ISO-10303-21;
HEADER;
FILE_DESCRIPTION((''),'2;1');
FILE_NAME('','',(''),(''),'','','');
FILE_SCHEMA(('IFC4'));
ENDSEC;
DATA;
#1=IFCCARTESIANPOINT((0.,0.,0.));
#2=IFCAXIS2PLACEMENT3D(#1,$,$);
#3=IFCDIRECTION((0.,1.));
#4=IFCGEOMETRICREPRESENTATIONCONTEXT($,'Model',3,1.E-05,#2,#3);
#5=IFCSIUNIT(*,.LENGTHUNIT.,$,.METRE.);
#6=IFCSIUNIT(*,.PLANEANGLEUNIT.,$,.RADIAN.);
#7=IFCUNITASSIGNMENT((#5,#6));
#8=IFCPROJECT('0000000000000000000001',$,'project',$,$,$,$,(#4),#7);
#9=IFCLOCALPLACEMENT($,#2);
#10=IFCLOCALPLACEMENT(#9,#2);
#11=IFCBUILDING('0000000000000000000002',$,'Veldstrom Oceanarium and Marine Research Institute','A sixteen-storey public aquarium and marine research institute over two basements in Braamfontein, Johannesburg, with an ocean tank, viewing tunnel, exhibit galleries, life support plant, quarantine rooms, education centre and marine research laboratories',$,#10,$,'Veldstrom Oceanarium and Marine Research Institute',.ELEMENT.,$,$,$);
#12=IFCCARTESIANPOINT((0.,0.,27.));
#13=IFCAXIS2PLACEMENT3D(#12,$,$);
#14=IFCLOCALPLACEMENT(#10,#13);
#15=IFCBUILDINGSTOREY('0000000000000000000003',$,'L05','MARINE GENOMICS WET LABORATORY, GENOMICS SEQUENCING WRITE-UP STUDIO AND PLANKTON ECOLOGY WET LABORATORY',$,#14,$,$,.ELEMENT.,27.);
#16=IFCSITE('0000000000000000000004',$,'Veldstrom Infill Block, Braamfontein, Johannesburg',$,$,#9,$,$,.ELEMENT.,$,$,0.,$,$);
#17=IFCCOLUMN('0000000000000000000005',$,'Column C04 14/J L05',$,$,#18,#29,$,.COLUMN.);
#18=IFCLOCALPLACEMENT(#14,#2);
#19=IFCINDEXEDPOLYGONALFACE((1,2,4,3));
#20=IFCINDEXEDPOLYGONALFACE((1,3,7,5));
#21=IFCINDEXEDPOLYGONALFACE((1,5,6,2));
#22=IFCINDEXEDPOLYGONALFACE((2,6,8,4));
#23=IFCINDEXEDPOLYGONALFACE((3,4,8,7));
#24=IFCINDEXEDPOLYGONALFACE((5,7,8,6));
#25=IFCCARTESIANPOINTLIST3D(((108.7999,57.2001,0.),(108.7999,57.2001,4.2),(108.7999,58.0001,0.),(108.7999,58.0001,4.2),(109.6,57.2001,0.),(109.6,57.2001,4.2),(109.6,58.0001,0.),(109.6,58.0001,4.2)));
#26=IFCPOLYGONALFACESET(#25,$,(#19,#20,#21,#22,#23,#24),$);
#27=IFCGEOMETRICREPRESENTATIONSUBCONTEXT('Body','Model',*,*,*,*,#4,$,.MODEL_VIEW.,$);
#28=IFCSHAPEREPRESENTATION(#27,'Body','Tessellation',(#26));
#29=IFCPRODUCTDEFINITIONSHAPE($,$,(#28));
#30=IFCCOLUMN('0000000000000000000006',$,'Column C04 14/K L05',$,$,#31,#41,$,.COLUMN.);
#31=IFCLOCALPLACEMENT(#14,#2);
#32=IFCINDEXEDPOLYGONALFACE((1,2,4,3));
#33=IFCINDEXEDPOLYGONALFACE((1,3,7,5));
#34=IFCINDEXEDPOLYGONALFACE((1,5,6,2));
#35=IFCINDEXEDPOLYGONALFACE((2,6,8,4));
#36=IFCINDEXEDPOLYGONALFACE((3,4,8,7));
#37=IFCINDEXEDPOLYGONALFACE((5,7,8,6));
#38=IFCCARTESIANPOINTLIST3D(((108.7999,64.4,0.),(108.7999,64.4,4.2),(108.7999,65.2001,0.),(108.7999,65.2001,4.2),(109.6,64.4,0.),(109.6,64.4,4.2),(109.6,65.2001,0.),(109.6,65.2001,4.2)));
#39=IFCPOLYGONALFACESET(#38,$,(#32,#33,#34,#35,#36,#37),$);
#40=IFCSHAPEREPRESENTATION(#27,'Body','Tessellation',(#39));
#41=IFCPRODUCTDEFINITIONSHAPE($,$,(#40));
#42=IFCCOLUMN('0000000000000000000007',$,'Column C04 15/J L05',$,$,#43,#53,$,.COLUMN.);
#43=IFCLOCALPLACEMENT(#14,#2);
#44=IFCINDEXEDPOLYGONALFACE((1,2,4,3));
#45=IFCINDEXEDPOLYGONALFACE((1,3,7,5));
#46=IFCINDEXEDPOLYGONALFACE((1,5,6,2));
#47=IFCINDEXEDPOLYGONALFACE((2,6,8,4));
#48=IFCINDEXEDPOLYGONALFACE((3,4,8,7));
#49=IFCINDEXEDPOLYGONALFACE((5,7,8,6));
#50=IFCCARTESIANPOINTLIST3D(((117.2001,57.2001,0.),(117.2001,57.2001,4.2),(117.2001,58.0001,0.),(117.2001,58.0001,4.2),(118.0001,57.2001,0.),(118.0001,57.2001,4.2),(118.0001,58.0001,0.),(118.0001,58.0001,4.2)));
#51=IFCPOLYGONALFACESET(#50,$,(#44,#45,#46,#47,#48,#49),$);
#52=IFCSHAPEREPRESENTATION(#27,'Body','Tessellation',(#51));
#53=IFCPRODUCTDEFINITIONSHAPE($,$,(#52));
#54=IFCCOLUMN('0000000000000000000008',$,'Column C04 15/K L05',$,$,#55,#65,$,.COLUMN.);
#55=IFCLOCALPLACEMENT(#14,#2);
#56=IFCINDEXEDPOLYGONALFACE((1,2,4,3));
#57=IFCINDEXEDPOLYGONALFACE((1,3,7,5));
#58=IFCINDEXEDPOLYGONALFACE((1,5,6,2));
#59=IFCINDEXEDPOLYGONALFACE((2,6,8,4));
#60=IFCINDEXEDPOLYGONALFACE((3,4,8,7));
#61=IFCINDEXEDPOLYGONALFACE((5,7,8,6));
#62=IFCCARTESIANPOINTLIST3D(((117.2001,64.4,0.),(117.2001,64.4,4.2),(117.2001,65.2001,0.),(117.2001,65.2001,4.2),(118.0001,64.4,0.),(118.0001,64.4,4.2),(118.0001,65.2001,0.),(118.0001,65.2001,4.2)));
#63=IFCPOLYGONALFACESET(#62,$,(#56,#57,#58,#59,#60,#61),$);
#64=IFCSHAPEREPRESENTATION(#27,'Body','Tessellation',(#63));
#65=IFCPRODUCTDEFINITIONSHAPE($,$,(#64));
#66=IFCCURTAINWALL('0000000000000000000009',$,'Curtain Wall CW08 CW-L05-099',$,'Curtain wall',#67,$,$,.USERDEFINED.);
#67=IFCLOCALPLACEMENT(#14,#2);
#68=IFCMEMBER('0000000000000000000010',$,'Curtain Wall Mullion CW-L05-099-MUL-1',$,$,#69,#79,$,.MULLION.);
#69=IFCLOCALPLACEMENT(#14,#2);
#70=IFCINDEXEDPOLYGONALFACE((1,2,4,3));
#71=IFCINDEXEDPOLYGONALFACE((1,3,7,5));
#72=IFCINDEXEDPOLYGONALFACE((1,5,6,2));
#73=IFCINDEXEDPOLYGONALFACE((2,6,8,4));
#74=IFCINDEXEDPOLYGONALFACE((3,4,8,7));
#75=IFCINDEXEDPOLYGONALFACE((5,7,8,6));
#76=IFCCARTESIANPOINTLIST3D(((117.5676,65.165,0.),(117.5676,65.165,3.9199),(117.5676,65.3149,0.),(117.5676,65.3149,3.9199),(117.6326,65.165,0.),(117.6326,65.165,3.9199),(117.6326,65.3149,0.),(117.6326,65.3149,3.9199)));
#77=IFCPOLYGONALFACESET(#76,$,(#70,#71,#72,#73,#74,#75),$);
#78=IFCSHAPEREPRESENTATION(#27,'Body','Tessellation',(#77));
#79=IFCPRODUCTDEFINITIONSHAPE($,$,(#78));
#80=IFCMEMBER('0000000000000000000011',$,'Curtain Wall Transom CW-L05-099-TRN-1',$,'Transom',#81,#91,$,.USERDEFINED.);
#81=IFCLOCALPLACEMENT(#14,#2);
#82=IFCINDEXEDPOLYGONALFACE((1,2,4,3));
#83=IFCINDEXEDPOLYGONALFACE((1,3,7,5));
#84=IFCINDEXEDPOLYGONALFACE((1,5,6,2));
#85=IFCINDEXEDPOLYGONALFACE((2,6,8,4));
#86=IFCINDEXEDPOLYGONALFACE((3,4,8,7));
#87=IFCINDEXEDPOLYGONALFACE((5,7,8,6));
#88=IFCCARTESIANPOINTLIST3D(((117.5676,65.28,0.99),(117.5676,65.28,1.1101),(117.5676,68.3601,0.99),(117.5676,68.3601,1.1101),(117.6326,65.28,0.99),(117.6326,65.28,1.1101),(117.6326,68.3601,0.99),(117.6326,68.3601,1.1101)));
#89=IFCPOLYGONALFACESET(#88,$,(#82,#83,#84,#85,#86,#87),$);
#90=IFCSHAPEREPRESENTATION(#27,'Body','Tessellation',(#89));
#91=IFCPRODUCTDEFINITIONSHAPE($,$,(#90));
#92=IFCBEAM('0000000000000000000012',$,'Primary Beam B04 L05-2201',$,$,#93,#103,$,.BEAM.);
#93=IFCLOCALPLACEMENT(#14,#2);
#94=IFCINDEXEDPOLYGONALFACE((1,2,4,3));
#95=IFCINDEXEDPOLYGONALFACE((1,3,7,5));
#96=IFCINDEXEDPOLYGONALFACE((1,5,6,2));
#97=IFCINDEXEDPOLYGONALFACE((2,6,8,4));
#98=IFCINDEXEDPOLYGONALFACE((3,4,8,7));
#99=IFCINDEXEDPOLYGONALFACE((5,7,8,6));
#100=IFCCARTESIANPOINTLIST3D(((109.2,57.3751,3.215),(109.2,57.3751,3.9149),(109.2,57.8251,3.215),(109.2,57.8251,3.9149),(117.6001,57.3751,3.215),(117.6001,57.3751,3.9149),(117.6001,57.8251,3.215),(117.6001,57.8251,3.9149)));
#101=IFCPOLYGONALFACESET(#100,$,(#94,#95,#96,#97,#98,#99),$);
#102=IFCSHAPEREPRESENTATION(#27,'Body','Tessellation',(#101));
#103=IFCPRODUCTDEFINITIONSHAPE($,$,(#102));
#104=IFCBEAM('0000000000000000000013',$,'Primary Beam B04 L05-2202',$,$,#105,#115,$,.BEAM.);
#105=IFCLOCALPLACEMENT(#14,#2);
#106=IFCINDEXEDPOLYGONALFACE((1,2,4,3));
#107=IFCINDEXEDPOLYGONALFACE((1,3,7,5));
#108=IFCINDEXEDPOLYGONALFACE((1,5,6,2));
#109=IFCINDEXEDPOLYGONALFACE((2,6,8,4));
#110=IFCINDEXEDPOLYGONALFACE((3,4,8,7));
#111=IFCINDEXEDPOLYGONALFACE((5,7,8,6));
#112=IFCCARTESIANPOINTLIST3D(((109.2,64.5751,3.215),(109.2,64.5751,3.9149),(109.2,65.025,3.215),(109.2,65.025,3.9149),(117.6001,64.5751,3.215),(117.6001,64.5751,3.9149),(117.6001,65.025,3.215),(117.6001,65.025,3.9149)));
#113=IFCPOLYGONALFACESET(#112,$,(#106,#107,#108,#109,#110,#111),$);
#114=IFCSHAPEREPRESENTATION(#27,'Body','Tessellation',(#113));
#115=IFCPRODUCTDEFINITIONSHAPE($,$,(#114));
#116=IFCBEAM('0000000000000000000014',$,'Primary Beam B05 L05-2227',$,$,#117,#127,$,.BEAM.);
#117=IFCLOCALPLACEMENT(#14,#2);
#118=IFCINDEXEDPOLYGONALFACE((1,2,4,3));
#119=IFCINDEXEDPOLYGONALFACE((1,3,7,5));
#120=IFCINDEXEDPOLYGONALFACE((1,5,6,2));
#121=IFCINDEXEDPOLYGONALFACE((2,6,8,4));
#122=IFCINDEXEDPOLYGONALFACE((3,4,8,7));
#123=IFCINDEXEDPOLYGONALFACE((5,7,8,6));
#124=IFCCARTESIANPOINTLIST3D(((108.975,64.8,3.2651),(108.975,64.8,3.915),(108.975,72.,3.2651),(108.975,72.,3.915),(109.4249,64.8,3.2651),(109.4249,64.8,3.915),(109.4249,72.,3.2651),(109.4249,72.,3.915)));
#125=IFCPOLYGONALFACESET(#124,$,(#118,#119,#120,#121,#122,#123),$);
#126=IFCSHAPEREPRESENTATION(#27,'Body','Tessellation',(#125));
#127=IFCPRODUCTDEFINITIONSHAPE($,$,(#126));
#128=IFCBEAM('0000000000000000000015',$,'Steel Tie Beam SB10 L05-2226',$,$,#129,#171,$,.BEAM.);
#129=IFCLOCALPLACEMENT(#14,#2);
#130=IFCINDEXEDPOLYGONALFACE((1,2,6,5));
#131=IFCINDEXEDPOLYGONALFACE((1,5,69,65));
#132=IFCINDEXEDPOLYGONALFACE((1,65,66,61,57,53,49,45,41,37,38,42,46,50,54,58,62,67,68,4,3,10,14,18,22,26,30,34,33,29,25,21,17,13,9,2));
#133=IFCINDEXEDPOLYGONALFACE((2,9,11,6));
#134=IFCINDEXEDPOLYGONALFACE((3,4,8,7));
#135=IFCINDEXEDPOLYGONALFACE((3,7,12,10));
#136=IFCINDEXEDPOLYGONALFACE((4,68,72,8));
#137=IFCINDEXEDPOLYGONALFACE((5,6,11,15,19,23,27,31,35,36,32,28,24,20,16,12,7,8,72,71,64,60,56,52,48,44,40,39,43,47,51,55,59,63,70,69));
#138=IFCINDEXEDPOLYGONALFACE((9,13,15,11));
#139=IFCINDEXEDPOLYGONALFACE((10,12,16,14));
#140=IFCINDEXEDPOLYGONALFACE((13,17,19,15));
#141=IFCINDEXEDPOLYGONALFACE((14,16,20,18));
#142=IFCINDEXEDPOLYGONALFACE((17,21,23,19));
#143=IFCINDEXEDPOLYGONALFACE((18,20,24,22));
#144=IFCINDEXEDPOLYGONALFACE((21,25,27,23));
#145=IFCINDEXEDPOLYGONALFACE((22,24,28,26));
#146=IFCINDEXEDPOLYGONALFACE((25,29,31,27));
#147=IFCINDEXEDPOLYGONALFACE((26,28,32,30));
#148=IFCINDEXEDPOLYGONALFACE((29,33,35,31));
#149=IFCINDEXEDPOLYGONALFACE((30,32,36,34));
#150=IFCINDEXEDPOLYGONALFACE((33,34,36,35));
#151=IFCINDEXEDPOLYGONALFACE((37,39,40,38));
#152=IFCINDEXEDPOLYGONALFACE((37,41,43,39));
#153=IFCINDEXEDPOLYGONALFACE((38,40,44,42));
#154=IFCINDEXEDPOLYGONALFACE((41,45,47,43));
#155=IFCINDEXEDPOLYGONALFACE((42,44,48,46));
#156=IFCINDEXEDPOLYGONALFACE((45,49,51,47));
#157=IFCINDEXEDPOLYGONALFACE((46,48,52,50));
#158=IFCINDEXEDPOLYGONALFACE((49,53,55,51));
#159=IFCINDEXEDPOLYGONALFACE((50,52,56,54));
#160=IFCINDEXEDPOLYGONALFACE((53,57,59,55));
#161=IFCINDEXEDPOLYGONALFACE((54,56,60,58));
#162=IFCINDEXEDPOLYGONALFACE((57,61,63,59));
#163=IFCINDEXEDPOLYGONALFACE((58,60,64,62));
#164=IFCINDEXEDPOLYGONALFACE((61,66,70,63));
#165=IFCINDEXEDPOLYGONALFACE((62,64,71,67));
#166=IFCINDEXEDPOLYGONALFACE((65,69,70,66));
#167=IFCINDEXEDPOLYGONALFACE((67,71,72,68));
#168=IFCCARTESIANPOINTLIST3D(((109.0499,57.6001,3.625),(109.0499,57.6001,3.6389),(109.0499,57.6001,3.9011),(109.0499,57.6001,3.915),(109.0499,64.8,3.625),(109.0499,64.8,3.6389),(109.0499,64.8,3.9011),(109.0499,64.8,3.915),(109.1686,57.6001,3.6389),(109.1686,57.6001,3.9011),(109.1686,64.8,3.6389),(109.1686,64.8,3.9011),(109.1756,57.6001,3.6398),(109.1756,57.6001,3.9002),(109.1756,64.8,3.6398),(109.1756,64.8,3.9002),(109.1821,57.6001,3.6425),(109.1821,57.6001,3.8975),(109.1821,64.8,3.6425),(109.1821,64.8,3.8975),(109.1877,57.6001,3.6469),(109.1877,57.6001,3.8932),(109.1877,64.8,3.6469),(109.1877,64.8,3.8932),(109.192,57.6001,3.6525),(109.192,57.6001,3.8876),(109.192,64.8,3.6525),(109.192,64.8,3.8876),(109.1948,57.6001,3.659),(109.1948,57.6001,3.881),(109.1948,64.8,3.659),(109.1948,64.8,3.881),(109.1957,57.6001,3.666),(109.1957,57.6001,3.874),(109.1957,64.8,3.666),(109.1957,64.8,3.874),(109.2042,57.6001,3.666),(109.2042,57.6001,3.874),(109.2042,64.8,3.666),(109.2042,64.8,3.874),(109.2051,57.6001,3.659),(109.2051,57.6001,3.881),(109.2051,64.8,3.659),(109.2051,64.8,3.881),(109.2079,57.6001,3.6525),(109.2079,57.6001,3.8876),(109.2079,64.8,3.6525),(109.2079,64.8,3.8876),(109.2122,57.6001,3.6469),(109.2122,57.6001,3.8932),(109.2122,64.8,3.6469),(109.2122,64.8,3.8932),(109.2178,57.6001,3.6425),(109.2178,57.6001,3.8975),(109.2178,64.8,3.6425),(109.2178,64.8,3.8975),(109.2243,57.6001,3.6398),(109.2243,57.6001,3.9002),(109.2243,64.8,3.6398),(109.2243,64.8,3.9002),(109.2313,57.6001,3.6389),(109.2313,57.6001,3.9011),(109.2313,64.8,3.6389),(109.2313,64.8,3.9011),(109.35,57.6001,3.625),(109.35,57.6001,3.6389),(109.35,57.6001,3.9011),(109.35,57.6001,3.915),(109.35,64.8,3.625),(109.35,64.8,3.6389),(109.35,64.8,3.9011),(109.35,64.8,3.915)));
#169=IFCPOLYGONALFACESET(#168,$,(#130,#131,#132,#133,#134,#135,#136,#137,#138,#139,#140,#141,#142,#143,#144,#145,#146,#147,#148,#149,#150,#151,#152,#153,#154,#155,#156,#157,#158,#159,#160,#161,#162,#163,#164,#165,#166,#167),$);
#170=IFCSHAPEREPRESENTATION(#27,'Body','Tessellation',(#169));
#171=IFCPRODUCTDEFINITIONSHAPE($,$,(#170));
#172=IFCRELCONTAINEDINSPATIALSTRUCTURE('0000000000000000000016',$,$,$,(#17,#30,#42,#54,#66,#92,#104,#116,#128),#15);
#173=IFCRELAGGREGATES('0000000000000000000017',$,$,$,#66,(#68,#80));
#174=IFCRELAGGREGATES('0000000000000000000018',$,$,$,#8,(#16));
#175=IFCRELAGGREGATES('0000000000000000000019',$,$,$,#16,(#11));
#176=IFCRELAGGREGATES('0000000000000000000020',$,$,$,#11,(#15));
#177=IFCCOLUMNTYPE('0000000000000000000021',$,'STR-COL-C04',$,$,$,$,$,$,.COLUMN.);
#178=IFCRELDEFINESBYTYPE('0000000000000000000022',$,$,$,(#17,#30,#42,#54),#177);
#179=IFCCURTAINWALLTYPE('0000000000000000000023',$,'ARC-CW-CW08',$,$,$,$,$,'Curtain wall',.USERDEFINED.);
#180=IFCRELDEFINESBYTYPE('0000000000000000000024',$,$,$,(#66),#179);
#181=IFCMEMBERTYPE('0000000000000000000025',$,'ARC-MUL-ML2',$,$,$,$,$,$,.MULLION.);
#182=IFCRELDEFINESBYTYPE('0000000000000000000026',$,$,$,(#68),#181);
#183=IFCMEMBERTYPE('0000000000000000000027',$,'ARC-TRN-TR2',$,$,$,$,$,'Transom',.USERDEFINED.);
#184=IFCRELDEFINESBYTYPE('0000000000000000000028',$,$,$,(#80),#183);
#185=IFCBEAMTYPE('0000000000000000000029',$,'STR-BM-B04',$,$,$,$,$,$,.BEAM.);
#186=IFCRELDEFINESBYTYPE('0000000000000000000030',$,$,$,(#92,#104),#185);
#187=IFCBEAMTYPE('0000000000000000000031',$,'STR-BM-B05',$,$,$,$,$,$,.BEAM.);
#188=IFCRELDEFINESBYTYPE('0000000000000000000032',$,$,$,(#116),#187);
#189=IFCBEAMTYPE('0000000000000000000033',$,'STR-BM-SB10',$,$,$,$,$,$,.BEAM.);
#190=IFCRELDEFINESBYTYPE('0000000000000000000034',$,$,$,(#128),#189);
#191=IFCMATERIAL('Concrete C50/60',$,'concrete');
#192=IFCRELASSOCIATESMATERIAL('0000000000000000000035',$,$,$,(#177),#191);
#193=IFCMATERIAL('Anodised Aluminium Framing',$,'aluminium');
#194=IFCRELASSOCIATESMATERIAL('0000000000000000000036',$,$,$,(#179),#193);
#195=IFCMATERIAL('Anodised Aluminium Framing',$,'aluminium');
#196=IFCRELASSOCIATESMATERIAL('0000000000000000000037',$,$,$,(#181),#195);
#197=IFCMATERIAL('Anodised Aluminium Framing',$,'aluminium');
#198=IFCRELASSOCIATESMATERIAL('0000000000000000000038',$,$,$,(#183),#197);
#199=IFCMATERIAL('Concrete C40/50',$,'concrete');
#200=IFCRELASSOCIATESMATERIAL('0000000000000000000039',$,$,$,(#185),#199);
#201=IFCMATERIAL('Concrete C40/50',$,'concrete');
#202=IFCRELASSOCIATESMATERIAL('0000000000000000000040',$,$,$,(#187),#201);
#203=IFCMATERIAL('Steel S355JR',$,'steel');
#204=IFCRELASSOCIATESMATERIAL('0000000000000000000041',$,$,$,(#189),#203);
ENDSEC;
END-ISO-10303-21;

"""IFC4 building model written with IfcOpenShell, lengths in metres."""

from ifc_helpers import new_model, si_unit, direction, frame, origin, origin_2d, place, context, subcontext, project, spatial, rectangle, i_section, extrude, material, material_profile, profile_set, type_object, element, aggregate, save


model = new_model("IFC4")

# Units and contexts
model_context = context("Model", 3, precision=1e-05, world=origin(), true_north=direction((0.0, 1.0)))
body_context = subcontext(model_context, "Body", "Model", "MODEL_VIEW")
ifc_project = project(units=[si_unit("LENGTHUNIT", "METRE"), si_unit("PLANEANGLEUNIT", "RADIAN")], contexts=[model_context])

# Site, building, storey
site_placement = place(None, origin())
site = spatial("IfcSite", under=ifc_project, at=site_placement, Name="Veldstrom Infill Block, Braamfontein, Johannesburg", CompositionType="ELEMENT", RefElevation=0.0)
building_placement = place(site_placement, origin())
building = spatial("IfcBuilding", under=site, at=building_placement, Name="Veldstrom Oceanarium and Marine Research Institute", Description="A sixteen-storey public aquarium and marine research institute over two basements in Braamfontein, Johannesburg, with an ocean tank, viewing tunnel, exhibit galleries, life support plant, quarantine rooms, education centre and marine research laboratories", LongName="Veldstrom Oceanarium and Marine Research Institute", CompositionType="ELEMENT")
storey_placement = place(building_placement, frame((0.0, 0.0, 27.0)))
storey = spatial("IfcBuildingStorey", under=building, at=storey_placement, Name="L05", Description="MARINE GENOMICS WET LABORATORY, GENOMICS SEQUENCING WRITE-UP STUDIO AND PLANKTON ECOLOGY WET LABORATORY", CompositionType="ELEMENT", Elevation=27.0)

# Columns
ifc_material_1 = material(Name="Concrete C50/60", Category="concrete")
ifc_material_profile_1 = material_profile(ifc_material_1, rectangle(XDim=0.8, YDim=0.8, at=origin_2d()), Name="RC-COL-800x800")
ifc_profile_set_1 = profile_set([ifc_material_profile_1], Name="Concrete C50/60")
column_type = type_object("IfcColumnType", Name="STR-COL-C04", PredefinedType="COLUMN", material=ifc_profile_set_1)
for number, where, z_axis, x_axis, name in (
    (1, (109.2, 57.6001, 0.0), (0.0, 0.0, 1.0), (1.0, 0.0, 0.0), "Column C04 14/J L05"),
    (2, (109.2, 64.8, 0.0), (0.0, 0.0, 1.0), (1.0, 0.0, 0.0), "Column C04 14/K L05"),
    (3, (117.6001, 57.6001, 0.0), (0.0, 0.0, 1.0), (1.0, 0.0, 0.0), "Column C04 15/J L05"),
    (4, (117.6001, 64.8, 0.0), (0.0, 0.0, 1.0), (1.0, 0.0, 0.0), "Column C04 15/K L05"),
):
    element("IfcColumn", number, at=place(storey_placement, frame(where, z_axis=z_axis, x_axis=x_axis)), inside=storey, type_object=column_type, Name=name, PredefinedType="COLUMN", context=body_context, shape_type="SweptSolid", body=[
        extrude(rectangle(XDim=0.8, YDim=0.8, at=origin_2d()), origin(), (0.0, 0.0, 1.0), 4.2),
    ])

# Curtain wall, members
ifc_material_2 = material(Name="Anodised Aluminium Framing", Category="aluminium")
curtain_wall_type = type_object("IfcCurtainWallType", Name="ARC-CW-CW08", ElementType="Curtain wall", PredefinedType="USERDEFINED", material=ifc_material_2)
curtain_wall_placement = place(storey_placement, origin())
curtain_wall = element("IfcCurtainWall", 5, at=curtain_wall_placement, inside=storey, type_object=curtain_wall_type, Name="Curtain Wall CW08 CW-L05-099", ObjectType="Curtain wall", PredefinedType="USERDEFINED")
ifc_material_3 = material(Name="Anodised Aluminium Framing", Category="aluminium")
ifc_material_profile_2 = material_profile(ifc_material_3, rectangle(XDim=0.0649, YDim=0.1499, at=origin_2d()), Name="ALU-MUL-65x150")
ifc_profile_set_2 = profile_set([ifc_material_profile_2], Name="Anodised Aluminium Framing")
member_type_1 = type_object("IfcMemberType", Name="ARC-MUL-ML2", PredefinedType="MULLION", material=ifc_profile_set_2)
member_1_placement = place(storey_placement, frame((117.6001, 65.24, 0.0), z_axis=(0.0, 0.0, 1.0), x_axis=(1.0, 0.0, 0.0)))
member_1 = element("IfcMember", 6, at=member_1_placement, type_object=member_type_1, Name="Curtain Wall Mullion CW-L05-099-MUL-1", PredefinedType="MULLION", context=body_context, shape_type="SweptSolid", body=[
    extrude(rectangle(XDim=0.0649, YDim=0.1499, at=origin_2d()), origin(), (0.0, 0.0, 1.0), 3.9199),
])
ifc_material_4 = material(Name="Anodised Aluminium Framing", Category="aluminium")
ifc_material_profile_3 = material_profile(ifc_material_4, rectangle(XDim=0.0649, YDim=0.1201, at=origin_2d()), Name="ALU-TRN-65x120")
ifc_profile_set_3 = profile_set([ifc_material_profile_3], Name="Anodised Aluminium Framing")
member_type_2 = type_object("IfcMemberType", Name="ARC-TRN-TR2", ElementType="Transom", PredefinedType="USERDEFINED", material=ifc_profile_set_3)
member_2_placement = place(storey_placement, frame((117.6001, 65.28, 1.05), z_axis=(0.0, 1.0, 0.0), x_axis=(-1.0, 0.0, 0.0)))
member_2 = element("IfcMember", 7, at=member_2_placement, type_object=member_type_2, Name="Curtain Wall Transom CW-L05-099-TRN-1", ObjectType="Transom", PredefinedType="USERDEFINED", context=body_context, shape_type="SweptSolid", body=[
    extrude(rectangle(XDim=0.0649, YDim=0.1201, at=origin_2d()), origin(), (0.0, 0.0, 1.0), 3.0801),
])
aggregate(curtain_wall, [member_1, member_2])

# Beams
ifc_material_5 = material(Name="Concrete C40/50", Category="concrete")
ifc_material_profile_4 = material_profile(ifc_material_5, rectangle(XDim=0.45, YDim=0.7, at=origin_2d()), Name="RC-BM-450x700")
ifc_profile_set_4 = profile_set([ifc_material_profile_4], Name="Concrete C40/50")
beam_type_1 = type_object("IfcBeamType", Name="STR-BM-B04", PredefinedType="BEAM", material=ifc_profile_set_4)
for number, where, z_axis, x_axis, name in (
    (8, (109.2, 57.6001, 3.5649), (1.0, 0.0, 0.0), (0.0, 1.0, 0.0), "Primary Beam B04 L05-2201"),
    (9, (109.2, 64.8, 3.5649), (1.0, 0.0, 0.0), (0.0, 1.0, 0.0), "Primary Beam B04 L05-2202"),
):
    element("IfcBeam", number, at=place(storey_placement, frame(where, z_axis=z_axis, x_axis=x_axis)), inside=storey, type_object=beam_type_1, Name=name, PredefinedType="BEAM", context=body_context, shape_type="SweptSolid", body=[
        extrude(rectangle(XDim=0.45, YDim=0.7, at=origin_2d()), origin(), (0.0, 0.0, 1.0), 8.4001),
    ])
ifc_material_6 = material(Name="Concrete C40/50", Category="concrete")
ifc_material_profile_5 = material_profile(ifc_material_6, rectangle(XDim=0.45, YDim=0.6499, at=origin_2d()), Name="RC-BM-450x650")
ifc_profile_set_5 = profile_set([ifc_material_profile_5], Name="Concrete C40/50")
beam_type_2 = type_object("IfcBeamType", Name="STR-BM-B05", PredefinedType="BEAM", material=ifc_profile_set_5)
beam_1_placement = place(storey_placement, frame((109.2, 64.8, 3.5901), z_axis=(0.0, 1.0, 0.0), x_axis=(-1.0, 0.0, 0.0)))
element("IfcBeam", 10, at=beam_1_placement, inside=storey, type_object=beam_type_2, Name="Primary Beam B05 L05-2227", PredefinedType="BEAM", context=body_context, shape_type="SweptSolid", body=[
    extrude(rectangle(XDim=0.45, YDim=0.6499, at=origin_2d()), origin(), (0.0, 0.0, 1.0), 7.2),
])
ifc_material_7 = material(Name="Steel S355JR", Category="steel")
ifc_material_profile_6 = material_profile(ifc_material_7, i_section(OverallWidth=0.3, OverallDepth=0.29, WebThickness=0.0085, FlangeThickness=0.0139, FilletRadius=0.0271, at=origin_2d()), Name="HEA 300")
ifc_profile_set_6 = profile_set([ifc_material_profile_6], Name="Steel S355JR")
beam_type_3 = type_object("IfcBeamType", Name="STR-BM-SB10", PredefinedType="BEAM", material=ifc_profile_set_6)
beam_2_placement = place(storey_placement, frame((109.2, 57.6001, 3.77), z_axis=(0.0, 1.0, 0.0), x_axis=(-1.0, 0.0, 0.0)))
element("IfcBeam", 11, at=beam_2_placement, inside=storey, type_object=beam_type_3, Name="Steel Tie Beam SB10 L05-2226", PredefinedType="BEAM", context=body_context, shape_type="SweptSolid", body=[
    extrude(i_section(OverallWidth=0.3, OverallDepth=0.29, WebThickness=0.0085, FlangeThickness=0.0139, FilletRadius=0.0271, at=origin_2d()), origin(), (0.0, 0.0, 1.0), 7.2),
])

save(model, "model.ifc")
